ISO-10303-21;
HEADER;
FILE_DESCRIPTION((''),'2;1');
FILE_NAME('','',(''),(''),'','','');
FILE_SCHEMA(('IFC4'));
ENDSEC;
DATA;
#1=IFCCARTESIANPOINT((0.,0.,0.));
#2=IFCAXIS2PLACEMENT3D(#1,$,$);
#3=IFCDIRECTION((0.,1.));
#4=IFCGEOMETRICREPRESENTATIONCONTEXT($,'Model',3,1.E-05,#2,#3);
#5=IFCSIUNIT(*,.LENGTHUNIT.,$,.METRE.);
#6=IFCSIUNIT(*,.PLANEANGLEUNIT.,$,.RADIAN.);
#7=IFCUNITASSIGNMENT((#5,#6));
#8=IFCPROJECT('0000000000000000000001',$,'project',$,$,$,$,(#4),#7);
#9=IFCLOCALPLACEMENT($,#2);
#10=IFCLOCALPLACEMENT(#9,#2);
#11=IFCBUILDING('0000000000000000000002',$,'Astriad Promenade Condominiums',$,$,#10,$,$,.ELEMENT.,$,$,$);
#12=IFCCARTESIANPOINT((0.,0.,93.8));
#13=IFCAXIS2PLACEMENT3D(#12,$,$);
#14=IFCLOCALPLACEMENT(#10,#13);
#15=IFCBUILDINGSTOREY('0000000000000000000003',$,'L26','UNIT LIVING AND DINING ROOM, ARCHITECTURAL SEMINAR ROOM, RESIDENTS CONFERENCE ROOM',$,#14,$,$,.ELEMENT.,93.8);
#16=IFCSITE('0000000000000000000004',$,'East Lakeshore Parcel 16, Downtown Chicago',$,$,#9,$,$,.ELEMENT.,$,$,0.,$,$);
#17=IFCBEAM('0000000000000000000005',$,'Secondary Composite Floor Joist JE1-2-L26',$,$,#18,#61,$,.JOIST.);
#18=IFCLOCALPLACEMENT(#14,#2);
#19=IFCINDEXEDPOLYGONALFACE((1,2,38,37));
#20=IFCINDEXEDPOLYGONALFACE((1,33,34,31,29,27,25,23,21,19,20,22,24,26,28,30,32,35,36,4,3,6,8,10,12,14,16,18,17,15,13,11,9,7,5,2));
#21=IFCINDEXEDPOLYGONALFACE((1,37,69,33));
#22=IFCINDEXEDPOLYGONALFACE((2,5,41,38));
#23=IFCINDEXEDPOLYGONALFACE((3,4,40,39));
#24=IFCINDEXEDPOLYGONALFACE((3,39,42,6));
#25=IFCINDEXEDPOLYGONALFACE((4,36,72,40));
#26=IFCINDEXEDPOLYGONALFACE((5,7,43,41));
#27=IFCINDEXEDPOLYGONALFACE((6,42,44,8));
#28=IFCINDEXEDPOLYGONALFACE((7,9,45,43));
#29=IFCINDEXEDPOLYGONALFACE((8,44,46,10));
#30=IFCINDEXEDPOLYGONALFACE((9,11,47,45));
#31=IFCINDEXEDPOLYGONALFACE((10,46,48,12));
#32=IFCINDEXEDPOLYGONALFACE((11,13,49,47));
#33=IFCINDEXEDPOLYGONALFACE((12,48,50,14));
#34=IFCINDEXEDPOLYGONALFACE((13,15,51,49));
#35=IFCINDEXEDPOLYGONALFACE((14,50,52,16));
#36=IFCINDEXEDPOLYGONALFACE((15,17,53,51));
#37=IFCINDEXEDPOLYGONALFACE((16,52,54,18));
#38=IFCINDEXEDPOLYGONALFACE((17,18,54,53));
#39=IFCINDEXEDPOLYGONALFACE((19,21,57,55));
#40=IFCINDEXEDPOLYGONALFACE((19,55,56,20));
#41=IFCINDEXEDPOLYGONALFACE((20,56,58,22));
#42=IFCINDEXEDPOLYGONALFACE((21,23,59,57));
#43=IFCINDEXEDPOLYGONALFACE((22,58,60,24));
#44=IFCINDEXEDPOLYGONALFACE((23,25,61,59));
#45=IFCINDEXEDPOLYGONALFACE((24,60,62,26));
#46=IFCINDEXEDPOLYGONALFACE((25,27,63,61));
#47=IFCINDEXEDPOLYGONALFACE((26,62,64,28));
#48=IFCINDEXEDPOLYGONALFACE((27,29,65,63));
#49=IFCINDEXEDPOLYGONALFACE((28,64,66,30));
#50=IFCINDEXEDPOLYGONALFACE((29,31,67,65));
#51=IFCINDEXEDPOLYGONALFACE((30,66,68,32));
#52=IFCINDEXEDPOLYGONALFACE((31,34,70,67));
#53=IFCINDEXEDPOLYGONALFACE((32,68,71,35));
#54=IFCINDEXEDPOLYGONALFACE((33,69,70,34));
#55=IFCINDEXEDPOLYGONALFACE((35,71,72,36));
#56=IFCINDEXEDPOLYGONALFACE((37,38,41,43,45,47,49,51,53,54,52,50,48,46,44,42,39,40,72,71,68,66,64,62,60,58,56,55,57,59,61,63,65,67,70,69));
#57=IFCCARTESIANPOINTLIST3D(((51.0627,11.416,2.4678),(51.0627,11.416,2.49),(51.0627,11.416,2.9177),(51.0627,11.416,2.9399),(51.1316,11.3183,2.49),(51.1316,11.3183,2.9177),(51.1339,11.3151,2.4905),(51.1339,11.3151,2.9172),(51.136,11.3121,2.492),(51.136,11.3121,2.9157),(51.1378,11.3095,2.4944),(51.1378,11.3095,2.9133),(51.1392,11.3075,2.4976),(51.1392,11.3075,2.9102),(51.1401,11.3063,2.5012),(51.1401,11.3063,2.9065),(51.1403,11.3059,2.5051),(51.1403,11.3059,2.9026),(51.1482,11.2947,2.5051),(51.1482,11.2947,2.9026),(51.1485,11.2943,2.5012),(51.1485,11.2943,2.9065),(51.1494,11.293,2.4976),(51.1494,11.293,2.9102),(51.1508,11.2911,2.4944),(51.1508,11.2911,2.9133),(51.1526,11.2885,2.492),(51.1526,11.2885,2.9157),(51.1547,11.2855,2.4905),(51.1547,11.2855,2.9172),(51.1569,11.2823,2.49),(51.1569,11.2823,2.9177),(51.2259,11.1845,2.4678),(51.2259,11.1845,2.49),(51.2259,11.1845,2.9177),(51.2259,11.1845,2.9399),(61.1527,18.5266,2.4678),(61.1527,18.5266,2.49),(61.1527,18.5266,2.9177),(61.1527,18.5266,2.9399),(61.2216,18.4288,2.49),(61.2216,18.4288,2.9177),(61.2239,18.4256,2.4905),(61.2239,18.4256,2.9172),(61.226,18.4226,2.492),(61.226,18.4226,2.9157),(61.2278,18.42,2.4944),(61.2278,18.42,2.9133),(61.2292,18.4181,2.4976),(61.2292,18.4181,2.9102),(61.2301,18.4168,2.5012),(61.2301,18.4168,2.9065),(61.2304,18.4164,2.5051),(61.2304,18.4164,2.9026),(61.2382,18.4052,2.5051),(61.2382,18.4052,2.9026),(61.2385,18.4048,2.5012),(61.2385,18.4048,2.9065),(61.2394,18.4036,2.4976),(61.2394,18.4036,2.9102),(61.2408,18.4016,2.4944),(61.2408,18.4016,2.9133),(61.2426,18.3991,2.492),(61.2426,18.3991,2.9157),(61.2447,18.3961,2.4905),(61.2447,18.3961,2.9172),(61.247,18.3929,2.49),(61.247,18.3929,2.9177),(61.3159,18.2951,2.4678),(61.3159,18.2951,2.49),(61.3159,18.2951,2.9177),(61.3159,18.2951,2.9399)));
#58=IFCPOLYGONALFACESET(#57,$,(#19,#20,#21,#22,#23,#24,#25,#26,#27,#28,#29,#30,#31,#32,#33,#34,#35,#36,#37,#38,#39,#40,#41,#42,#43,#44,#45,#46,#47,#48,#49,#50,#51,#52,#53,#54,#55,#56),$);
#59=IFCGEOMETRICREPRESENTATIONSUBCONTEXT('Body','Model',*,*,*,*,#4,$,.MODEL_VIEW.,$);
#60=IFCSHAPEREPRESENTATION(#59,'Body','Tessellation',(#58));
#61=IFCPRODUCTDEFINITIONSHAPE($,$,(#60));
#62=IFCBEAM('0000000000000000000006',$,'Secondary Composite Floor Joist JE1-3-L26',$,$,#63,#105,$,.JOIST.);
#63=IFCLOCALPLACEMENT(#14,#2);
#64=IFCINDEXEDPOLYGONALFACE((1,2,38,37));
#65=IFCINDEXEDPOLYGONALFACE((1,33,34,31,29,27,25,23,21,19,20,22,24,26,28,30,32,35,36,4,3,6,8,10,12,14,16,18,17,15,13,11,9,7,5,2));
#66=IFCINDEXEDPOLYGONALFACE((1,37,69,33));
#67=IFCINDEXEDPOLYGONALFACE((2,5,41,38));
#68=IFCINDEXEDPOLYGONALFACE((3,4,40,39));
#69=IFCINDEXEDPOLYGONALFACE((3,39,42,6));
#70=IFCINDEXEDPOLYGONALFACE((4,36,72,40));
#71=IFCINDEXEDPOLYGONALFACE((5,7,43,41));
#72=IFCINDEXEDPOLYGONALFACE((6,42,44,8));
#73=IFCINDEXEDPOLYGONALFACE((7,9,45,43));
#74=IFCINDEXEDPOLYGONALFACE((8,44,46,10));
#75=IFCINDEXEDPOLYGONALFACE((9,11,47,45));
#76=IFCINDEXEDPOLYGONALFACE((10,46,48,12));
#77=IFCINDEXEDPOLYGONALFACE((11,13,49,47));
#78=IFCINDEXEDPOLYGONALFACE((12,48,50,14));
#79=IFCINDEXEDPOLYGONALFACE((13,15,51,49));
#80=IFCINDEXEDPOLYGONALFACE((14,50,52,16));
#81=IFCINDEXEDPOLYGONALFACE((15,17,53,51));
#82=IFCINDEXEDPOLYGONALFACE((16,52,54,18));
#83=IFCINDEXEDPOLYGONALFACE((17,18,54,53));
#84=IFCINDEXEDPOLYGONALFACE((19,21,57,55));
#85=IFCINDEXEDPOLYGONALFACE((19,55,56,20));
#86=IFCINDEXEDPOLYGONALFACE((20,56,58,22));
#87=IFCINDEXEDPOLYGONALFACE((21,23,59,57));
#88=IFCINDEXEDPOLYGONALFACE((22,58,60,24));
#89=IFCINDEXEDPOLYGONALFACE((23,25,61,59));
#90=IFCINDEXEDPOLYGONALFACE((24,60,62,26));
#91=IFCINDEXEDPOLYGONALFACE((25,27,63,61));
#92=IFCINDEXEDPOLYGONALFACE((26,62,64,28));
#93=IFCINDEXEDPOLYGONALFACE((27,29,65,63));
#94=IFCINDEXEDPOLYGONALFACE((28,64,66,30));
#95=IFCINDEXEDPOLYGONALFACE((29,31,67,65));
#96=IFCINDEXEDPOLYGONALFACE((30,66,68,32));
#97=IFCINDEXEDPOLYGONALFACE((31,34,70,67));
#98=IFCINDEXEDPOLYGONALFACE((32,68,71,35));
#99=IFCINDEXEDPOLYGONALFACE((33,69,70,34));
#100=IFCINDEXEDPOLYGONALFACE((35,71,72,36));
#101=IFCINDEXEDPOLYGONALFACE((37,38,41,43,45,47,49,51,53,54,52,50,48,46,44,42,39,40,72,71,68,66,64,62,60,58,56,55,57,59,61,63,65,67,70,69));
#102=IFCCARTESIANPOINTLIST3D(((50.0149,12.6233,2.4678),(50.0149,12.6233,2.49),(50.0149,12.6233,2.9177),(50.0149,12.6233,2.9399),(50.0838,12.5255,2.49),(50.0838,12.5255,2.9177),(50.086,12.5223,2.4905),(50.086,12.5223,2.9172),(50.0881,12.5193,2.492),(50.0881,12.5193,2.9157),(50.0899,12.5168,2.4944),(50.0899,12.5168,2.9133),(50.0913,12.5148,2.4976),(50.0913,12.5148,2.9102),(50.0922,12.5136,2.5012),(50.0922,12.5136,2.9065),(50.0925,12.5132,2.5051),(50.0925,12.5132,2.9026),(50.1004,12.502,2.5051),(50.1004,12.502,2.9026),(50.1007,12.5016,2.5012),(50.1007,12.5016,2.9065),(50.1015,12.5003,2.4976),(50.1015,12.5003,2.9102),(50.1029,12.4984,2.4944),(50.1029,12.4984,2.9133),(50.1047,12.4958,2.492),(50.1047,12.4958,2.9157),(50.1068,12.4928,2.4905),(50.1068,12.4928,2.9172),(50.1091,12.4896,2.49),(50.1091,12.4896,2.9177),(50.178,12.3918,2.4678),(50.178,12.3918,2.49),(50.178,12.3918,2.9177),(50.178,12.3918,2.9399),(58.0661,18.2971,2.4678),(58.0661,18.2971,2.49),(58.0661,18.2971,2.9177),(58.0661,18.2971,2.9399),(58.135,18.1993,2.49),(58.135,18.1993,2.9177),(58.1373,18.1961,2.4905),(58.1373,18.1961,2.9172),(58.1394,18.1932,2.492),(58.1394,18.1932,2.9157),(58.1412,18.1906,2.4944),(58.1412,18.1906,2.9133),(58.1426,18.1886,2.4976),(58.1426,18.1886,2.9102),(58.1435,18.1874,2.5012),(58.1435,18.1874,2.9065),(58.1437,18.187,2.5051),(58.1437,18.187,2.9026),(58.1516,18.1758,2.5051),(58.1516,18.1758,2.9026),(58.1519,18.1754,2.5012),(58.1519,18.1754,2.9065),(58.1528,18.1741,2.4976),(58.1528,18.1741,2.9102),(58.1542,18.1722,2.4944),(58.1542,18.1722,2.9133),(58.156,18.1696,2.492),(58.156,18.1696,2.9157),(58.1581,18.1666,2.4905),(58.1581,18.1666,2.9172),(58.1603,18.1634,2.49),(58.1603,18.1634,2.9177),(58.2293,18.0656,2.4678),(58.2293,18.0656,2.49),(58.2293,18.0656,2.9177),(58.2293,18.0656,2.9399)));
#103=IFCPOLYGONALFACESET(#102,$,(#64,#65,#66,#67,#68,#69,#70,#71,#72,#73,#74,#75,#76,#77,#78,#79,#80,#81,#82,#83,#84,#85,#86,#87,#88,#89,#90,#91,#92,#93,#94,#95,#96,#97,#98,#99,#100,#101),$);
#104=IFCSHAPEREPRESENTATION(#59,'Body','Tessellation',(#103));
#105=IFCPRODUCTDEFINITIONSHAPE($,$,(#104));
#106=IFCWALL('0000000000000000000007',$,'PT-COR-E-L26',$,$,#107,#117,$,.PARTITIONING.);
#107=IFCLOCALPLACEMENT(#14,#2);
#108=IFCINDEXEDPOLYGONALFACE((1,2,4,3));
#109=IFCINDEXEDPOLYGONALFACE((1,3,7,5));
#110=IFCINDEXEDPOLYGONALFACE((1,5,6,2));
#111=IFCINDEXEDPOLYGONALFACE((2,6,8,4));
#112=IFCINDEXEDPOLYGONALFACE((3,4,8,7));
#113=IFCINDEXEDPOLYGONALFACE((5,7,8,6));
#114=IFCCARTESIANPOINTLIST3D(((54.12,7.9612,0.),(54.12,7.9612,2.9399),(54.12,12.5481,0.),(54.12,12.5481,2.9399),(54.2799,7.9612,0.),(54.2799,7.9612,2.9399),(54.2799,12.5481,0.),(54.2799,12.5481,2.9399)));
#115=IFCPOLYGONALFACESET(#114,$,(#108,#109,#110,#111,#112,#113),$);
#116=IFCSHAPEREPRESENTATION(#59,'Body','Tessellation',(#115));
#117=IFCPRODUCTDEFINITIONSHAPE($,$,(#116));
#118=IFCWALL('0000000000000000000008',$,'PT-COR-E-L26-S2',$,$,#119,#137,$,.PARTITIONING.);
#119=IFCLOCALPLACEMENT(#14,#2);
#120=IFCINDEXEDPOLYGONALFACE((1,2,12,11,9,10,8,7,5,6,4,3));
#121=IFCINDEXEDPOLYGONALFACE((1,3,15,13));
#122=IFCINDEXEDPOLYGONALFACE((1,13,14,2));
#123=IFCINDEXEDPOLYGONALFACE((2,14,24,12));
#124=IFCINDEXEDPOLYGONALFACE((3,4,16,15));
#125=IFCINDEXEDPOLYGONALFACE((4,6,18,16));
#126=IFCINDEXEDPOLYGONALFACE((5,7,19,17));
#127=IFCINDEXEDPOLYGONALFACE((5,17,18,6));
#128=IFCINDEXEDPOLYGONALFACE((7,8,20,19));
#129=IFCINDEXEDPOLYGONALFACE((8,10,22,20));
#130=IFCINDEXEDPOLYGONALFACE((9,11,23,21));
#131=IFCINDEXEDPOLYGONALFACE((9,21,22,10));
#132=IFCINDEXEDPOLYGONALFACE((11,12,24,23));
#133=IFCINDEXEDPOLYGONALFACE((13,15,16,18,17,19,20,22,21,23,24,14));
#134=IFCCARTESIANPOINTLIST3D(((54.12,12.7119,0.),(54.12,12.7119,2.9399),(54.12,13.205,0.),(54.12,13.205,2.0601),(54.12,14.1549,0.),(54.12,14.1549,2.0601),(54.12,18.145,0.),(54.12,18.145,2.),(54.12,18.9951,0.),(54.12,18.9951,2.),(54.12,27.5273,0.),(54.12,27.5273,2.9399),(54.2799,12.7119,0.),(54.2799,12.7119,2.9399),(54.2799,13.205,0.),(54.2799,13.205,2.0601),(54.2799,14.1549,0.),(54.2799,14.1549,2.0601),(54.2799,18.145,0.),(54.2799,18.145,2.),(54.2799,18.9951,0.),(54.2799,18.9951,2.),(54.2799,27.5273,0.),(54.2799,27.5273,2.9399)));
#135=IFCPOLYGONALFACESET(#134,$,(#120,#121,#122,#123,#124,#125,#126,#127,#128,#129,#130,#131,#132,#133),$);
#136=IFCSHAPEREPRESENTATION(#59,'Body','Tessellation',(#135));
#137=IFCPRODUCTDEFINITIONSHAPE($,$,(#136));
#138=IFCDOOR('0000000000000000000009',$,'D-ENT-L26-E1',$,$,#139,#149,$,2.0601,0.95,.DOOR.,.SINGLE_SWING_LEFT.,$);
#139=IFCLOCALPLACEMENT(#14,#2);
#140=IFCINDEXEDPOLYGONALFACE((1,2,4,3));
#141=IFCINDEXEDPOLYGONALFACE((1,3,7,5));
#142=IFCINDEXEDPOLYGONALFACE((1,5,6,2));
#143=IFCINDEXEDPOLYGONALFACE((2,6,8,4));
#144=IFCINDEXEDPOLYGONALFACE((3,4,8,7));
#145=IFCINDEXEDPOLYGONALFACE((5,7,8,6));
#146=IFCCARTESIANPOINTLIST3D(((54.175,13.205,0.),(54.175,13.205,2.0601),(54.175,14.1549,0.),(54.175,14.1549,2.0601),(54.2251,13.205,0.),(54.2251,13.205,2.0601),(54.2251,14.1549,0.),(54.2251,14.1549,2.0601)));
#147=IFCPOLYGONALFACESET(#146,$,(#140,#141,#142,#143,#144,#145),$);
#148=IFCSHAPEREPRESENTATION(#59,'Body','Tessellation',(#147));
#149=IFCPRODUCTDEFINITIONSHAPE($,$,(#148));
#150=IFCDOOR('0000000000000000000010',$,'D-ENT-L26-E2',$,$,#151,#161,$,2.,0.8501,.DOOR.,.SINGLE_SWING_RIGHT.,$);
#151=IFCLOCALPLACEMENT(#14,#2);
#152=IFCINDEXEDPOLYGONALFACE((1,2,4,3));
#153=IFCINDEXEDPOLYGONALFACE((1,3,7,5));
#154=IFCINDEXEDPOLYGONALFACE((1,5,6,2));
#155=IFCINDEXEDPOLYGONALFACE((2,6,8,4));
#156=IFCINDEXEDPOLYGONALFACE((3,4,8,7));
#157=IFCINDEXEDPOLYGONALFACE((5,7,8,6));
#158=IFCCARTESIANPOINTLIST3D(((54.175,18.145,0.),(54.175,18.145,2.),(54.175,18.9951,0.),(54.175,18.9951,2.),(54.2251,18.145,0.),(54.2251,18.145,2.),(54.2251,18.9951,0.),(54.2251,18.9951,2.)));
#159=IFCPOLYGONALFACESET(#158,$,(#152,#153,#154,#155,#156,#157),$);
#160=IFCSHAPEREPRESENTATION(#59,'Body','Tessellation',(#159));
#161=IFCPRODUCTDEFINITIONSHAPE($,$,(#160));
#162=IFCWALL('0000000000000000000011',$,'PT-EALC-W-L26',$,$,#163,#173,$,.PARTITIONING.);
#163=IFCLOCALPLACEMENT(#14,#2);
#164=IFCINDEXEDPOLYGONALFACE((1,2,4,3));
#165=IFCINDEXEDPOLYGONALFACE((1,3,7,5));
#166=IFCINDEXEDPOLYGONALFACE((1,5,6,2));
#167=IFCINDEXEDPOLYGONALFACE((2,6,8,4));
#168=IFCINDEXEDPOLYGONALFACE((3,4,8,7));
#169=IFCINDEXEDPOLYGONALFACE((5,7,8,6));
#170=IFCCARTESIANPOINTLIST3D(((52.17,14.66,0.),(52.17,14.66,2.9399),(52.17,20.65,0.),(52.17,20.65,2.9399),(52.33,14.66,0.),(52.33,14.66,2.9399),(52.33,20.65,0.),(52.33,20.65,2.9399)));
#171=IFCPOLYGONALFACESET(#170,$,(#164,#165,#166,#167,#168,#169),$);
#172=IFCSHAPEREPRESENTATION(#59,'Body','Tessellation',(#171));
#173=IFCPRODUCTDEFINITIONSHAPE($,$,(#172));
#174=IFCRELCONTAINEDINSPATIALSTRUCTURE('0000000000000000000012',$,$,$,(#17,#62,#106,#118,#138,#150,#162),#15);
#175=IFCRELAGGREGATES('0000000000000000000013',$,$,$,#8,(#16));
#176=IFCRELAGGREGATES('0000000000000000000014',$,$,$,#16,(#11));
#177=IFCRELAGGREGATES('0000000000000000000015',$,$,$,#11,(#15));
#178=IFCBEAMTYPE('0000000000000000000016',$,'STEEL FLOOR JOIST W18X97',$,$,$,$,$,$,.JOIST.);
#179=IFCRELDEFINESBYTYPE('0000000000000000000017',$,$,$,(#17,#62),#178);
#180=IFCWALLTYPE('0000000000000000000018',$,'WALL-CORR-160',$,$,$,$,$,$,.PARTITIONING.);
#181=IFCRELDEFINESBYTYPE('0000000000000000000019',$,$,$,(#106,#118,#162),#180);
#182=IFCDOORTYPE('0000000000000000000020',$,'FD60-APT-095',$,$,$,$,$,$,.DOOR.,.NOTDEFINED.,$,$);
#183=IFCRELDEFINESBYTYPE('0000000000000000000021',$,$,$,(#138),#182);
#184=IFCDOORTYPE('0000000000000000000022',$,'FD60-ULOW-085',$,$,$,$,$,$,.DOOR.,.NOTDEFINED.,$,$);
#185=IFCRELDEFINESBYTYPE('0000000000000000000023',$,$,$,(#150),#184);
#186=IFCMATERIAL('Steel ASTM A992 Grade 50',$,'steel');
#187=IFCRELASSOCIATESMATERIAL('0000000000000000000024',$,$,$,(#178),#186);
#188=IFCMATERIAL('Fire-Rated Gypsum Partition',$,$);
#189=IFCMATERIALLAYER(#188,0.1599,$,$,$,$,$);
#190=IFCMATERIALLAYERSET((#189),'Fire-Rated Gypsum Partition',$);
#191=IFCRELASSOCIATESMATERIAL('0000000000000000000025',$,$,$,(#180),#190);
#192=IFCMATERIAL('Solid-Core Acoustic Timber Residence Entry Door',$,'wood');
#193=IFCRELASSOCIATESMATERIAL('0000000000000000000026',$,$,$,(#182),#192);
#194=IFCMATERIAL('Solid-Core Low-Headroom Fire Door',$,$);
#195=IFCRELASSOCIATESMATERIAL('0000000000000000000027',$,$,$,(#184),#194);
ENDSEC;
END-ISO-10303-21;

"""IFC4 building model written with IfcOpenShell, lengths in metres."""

from ifc_helpers import new_model, si_unit, direction, frame, frame_2d, origin, origin_2d, place, context, subcontext, project, spatial, rectangle, i_section, extrude, source, transform, mapped, material, layer, layer_set, material_profile, profile_set, type_object, type_shapes, element, fill, save


model = new_model("IFC4")

# Units and contexts
model_context = context("Model", 3, precision=1e-05, world=origin(), true_north=direction((0.0, 1.0)))
body_context = subcontext(model_context, "Body", "Model", "MODEL_VIEW")
ifc_project = project(units=[si_unit("LENGTHUNIT", "METRE"), si_unit("PLANEANGLEUNIT", "RADIAN")], contexts=[model_context])

# Site, building, storey
site_placement = place(None, origin())
site = spatial("IfcSite", under=ifc_project, at=site_placement, Name="East Lakeshore Parcel 16, Downtown Chicago", CompositionType="ELEMENT", RefElevation=0.0)
building_placement = place(site_placement, origin())
building = spatial("IfcBuilding", under=site, at=building_placement, Name="Astriad Promenade Condominiums", CompositionType="ELEMENT")
storey_placement = place(building_placement, frame((0.0, 0.0, 93.8)))
storey = spatial("IfcBuildingStorey", under=building, at=storey_placement, Name="L26", Description="UNIT LIVING AND DINING ROOM, ARCHITECTURAL SEMINAR ROOM, RESIDENTS CONFERENCE ROOM", CompositionType="ELEMENT", Elevation=93.8)

# Beams
ifc_material_1 = material(Name="Steel ASTM A992 Grade 50", Category="steel")
ifc_material_profile_1 = material_profile(ifc_material_1, i_section(OverallWidth=0.2832, OverallDepth=0.4722, WebThickness=0.0137, FlangeThickness=0.0222, FilletRadius=0.0151, at=origin_2d()), Name="W18X97")
ifc_profile_set_1 = profile_set([ifc_material_profile_1], Name="Steel ASTM A992 Grade 50")
beam_type_1 = type_object("IfcBeamType", Name="STEEL FLOOR JOIST W18X97", PredefinedType="JOIST", material=ifc_profile_set_1)
shared_shape_1 = source(origin(), body_context, "Body", "SweptSolid", [
    extrude(i_section(OverallWidth=0.2832, OverallDepth=0.4722, WebThickness=0.0137, FlangeThickness=0.0222, FilletRadius=0.0151, at=origin_2d()), origin(), (0.0, 0.0, 1.0), 12.3438),
])
beam_1_placement = place(storey_placement, frame((51.1443, 11.3003, 2.7039), z_axis=(0.817419, 0.576044, 0.0), x_axis=(-0.576044, 0.817419, 0.0)))
element("IfcBeam", 1, at=beam_1_placement, inside=storey, type_object=beam_type_1, Name="Secondary Composite Floor Joist JE1-2-L26", PredefinedType="JOIST", context=body_context, shape_type="MappedRepresentation", body=[
    mapped(shared_shape_1, transform((0.0, 0.0, 0.0), scale=1.0)),
])
shared_shape_2 = source(origin(), body_context, "Body", "SweptSolid", [
    extrude(i_section(OverallWidth=0.2832, OverallDepth=0.4722, WebThickness=0.0137, FlangeThickness=0.0222, FilletRadius=0.0151, at=origin_2d()), origin(), (0.0, 0.0, 1.0), 9.8496),
])
beam_2_placement = place(storey_placement, frame((50.0964, 12.5076, 2.7039), z_axis=(0.817418, 0.576045, 0.0), x_axis=(-0.576045, 0.817418, 0.0)))
element("IfcBeam", 2, at=beam_2_placement, inside=storey, type_object=beam_type_1, Name="Secondary Composite Floor Joist JE1-3-L26", PredefinedType="JOIST", context=body_context, shape_type="MappedRepresentation", body=[
    mapped(shared_shape_2, transform((0.0, 0.0, 0.0), scale=1.0)),
])

# Wall
ifc_material_2 = material(Name="Fire-Rated Gypsum Partition")
ifc_layer_1 = layer(ifc_material_2, 0.1599)
ifc_layer_set_1 = layer_set([ifc_layer_1], Name="Fire-Rated Gypsum Partition")
wall_type_1 = type_object("IfcWallType", Name="WALL-CORR-160", PredefinedType="PARTITIONING", material=ifc_layer_set_1)
wall_1_placement = place(storey_placement, frame((54.2, 7.9612, 0.0), z_axis=(0.0, 0.0, 1.0), x_axis=(0.0, 1.0, 0.0)))
element("IfcWall", 3, at=wall_1_placement, inside=storey, type_object=wall_type_1, Name="PT-COR-E-L26", PredefinedType="PARTITIONING", context=body_context, shape_type="SweptSolid", body=[
    extrude(rectangle(XDim=4.5869, YDim=0.1599, at=frame_2d((2.2935, 0.0))), origin(), (0.0, 0.0, 1.0), 2.9399),
])

# Wall, openings, doors
wall_2_placement = place(storey_placement, frame((54.2, 12.7119, 0.0), z_axis=(0.0, 0.0, 1.0), x_axis=(0.0, 1.0, 0.0)))
wall_2 = element("IfcWall", 4, at=wall_2_placement, inside=storey, type_object=wall_type_1, Name="PT-COR-E-L26-S2", PredefinedType="PARTITIONING", context=body_context, shape_type="SweptSolid", body=[
    extrude(rectangle(XDim=14.8154, YDim=0.1599, at=frame_2d((7.4077, 0.0))), origin(), (0.0, 0.0, 1.0), 2.9399),
])
opening_1_placement = place(wall_2_placement, frame((0.4929, 0.0, 0.0)))
opening_1 = element("IfcOpeningElement", 5, at=opening_1_placement, cuts=wall_2, PredefinedType="OPENING", context=body_context, shape_type="SweptSolid", body=[
    extrude(rectangle(XDim=0.95, YDim=2.0601, at=frame_2d((0.4751, 1.03))), frame((0.0, 0.0898, 0.0), z_axis=(0.0, -1.0, 0.0), x_axis=(1.0, 0.0, 0.0)), (0.0, 0.0, 1.0), 0.1799),
])
opening_2_placement = place(wall_2_placement, frame((5.4331, 0.0, 0.0)))
opening_2 = element("IfcOpeningElement", 6, at=opening_2_placement, cuts=wall_2, PredefinedType="OPENING", context=body_context, shape_type="SweptSolid", body=[
    extrude(rectangle(XDim=0.8501, YDim=2.0, at=frame_2d((0.425, 1.0))), frame((0.0, 0.0898, 0.0), z_axis=(0.0, -1.0, 0.0), x_axis=(1.0, 0.0, 0.0)), (0.0, 0.0, 1.0), 0.1799),
])
ifc_material_3 = material(Name="Solid-Core Acoustic Timber Residence Entry Door", Category="wood")
door_type_1 = type_object("IfcDoorType", Name="FD60-APT-095", OperationType="NOTDEFINED", PredefinedType="DOOR", material=ifc_material_3)
shared_shape_3 = source(origin(), body_context, "Body", "SweptSolid", [
    extrude(rectangle(XDim=0.95, YDim=2.0601, at=frame_2d((0.4751, 1.03))), frame((0.0, 0.0249, 0.0), z_axis=(0.0, -1.0, 0.0), x_axis=(1.0, 0.0, 0.0)), (0.0, 0.0, 1.0), 0.05),
])
type_shapes(door_type_1, [shared_shape_3])
door_1_placement = place(opening_1_placement, origin())
door_1 = element("IfcDoor", 7, at=door_1_placement, inside=storey, type_object=door_type_1, Name="D-ENT-L26-E1", OperationType="SINGLE_SWING_LEFT", OverallHeight=2.0601, OverallWidth=0.95, PredefinedType="DOOR", context=body_context, shape_type="MappedRepresentation", body=[
    mapped(shared_shape_3, transform((0.0, 0.0, 0.0), scale=1.0)),
])
fill(opening_1, door_1)
ifc_material_4 = material(Name="Solid-Core Low-Headroom Fire Door")
door_type_2 = type_object("IfcDoorType", Name="FD60-ULOW-085", OperationType="NOTDEFINED", PredefinedType="DOOR", material=ifc_material_4)
shared_shape_4 = source(origin(), body_context, "Body", "SweptSolid", [
    extrude(rectangle(XDim=0.8501, YDim=2.0, at=frame_2d((0.425, 1.0))), frame((0.0, 0.0249, 0.0), z_axis=(0.0, -1.0, 0.0), x_axis=(1.0, 0.0, 0.0)), (0.0, 0.0, 1.0), 0.05),
])
type_shapes(door_type_2, [shared_shape_4])
door_2_placement = place(opening_2_placement, origin())
door_2 = element("IfcDoor", 8, at=door_2_placement, inside=storey, type_object=door_type_2, Name="D-ENT-L26-E2", OperationType="SINGLE_SWING_RIGHT", OverallHeight=2.0, OverallWidth=0.8501, PredefinedType="DOOR", context=body_context, shape_type="MappedRepresentation", body=[
    mapped(shared_shape_4, transform((0.0, 0.0, 0.0), scale=1.0)),
])
fill(opening_2, door_2)

# Wall
wall_3_placement = place(storey_placement, frame((52.25, 14.6599, 0.0), z_axis=(0.0, 0.0, 1.0), x_axis=(0.0, 1.0, 0.0)))
element("IfcWall", 9, at=wall_3_placement, inside=storey, type_object=wall_type_1, Name="PT-EALC-W-L26", PredefinedType="PARTITIONING", context=body_context, shape_type="SweptSolid", body=[
    extrude(rectangle(XDim=5.99, YDim=0.1599, at=frame_2d((2.9951, 0.0))), origin(), (0.0, 0.0, 1.0), 2.9399),
])

save(model, "model.ifc")
